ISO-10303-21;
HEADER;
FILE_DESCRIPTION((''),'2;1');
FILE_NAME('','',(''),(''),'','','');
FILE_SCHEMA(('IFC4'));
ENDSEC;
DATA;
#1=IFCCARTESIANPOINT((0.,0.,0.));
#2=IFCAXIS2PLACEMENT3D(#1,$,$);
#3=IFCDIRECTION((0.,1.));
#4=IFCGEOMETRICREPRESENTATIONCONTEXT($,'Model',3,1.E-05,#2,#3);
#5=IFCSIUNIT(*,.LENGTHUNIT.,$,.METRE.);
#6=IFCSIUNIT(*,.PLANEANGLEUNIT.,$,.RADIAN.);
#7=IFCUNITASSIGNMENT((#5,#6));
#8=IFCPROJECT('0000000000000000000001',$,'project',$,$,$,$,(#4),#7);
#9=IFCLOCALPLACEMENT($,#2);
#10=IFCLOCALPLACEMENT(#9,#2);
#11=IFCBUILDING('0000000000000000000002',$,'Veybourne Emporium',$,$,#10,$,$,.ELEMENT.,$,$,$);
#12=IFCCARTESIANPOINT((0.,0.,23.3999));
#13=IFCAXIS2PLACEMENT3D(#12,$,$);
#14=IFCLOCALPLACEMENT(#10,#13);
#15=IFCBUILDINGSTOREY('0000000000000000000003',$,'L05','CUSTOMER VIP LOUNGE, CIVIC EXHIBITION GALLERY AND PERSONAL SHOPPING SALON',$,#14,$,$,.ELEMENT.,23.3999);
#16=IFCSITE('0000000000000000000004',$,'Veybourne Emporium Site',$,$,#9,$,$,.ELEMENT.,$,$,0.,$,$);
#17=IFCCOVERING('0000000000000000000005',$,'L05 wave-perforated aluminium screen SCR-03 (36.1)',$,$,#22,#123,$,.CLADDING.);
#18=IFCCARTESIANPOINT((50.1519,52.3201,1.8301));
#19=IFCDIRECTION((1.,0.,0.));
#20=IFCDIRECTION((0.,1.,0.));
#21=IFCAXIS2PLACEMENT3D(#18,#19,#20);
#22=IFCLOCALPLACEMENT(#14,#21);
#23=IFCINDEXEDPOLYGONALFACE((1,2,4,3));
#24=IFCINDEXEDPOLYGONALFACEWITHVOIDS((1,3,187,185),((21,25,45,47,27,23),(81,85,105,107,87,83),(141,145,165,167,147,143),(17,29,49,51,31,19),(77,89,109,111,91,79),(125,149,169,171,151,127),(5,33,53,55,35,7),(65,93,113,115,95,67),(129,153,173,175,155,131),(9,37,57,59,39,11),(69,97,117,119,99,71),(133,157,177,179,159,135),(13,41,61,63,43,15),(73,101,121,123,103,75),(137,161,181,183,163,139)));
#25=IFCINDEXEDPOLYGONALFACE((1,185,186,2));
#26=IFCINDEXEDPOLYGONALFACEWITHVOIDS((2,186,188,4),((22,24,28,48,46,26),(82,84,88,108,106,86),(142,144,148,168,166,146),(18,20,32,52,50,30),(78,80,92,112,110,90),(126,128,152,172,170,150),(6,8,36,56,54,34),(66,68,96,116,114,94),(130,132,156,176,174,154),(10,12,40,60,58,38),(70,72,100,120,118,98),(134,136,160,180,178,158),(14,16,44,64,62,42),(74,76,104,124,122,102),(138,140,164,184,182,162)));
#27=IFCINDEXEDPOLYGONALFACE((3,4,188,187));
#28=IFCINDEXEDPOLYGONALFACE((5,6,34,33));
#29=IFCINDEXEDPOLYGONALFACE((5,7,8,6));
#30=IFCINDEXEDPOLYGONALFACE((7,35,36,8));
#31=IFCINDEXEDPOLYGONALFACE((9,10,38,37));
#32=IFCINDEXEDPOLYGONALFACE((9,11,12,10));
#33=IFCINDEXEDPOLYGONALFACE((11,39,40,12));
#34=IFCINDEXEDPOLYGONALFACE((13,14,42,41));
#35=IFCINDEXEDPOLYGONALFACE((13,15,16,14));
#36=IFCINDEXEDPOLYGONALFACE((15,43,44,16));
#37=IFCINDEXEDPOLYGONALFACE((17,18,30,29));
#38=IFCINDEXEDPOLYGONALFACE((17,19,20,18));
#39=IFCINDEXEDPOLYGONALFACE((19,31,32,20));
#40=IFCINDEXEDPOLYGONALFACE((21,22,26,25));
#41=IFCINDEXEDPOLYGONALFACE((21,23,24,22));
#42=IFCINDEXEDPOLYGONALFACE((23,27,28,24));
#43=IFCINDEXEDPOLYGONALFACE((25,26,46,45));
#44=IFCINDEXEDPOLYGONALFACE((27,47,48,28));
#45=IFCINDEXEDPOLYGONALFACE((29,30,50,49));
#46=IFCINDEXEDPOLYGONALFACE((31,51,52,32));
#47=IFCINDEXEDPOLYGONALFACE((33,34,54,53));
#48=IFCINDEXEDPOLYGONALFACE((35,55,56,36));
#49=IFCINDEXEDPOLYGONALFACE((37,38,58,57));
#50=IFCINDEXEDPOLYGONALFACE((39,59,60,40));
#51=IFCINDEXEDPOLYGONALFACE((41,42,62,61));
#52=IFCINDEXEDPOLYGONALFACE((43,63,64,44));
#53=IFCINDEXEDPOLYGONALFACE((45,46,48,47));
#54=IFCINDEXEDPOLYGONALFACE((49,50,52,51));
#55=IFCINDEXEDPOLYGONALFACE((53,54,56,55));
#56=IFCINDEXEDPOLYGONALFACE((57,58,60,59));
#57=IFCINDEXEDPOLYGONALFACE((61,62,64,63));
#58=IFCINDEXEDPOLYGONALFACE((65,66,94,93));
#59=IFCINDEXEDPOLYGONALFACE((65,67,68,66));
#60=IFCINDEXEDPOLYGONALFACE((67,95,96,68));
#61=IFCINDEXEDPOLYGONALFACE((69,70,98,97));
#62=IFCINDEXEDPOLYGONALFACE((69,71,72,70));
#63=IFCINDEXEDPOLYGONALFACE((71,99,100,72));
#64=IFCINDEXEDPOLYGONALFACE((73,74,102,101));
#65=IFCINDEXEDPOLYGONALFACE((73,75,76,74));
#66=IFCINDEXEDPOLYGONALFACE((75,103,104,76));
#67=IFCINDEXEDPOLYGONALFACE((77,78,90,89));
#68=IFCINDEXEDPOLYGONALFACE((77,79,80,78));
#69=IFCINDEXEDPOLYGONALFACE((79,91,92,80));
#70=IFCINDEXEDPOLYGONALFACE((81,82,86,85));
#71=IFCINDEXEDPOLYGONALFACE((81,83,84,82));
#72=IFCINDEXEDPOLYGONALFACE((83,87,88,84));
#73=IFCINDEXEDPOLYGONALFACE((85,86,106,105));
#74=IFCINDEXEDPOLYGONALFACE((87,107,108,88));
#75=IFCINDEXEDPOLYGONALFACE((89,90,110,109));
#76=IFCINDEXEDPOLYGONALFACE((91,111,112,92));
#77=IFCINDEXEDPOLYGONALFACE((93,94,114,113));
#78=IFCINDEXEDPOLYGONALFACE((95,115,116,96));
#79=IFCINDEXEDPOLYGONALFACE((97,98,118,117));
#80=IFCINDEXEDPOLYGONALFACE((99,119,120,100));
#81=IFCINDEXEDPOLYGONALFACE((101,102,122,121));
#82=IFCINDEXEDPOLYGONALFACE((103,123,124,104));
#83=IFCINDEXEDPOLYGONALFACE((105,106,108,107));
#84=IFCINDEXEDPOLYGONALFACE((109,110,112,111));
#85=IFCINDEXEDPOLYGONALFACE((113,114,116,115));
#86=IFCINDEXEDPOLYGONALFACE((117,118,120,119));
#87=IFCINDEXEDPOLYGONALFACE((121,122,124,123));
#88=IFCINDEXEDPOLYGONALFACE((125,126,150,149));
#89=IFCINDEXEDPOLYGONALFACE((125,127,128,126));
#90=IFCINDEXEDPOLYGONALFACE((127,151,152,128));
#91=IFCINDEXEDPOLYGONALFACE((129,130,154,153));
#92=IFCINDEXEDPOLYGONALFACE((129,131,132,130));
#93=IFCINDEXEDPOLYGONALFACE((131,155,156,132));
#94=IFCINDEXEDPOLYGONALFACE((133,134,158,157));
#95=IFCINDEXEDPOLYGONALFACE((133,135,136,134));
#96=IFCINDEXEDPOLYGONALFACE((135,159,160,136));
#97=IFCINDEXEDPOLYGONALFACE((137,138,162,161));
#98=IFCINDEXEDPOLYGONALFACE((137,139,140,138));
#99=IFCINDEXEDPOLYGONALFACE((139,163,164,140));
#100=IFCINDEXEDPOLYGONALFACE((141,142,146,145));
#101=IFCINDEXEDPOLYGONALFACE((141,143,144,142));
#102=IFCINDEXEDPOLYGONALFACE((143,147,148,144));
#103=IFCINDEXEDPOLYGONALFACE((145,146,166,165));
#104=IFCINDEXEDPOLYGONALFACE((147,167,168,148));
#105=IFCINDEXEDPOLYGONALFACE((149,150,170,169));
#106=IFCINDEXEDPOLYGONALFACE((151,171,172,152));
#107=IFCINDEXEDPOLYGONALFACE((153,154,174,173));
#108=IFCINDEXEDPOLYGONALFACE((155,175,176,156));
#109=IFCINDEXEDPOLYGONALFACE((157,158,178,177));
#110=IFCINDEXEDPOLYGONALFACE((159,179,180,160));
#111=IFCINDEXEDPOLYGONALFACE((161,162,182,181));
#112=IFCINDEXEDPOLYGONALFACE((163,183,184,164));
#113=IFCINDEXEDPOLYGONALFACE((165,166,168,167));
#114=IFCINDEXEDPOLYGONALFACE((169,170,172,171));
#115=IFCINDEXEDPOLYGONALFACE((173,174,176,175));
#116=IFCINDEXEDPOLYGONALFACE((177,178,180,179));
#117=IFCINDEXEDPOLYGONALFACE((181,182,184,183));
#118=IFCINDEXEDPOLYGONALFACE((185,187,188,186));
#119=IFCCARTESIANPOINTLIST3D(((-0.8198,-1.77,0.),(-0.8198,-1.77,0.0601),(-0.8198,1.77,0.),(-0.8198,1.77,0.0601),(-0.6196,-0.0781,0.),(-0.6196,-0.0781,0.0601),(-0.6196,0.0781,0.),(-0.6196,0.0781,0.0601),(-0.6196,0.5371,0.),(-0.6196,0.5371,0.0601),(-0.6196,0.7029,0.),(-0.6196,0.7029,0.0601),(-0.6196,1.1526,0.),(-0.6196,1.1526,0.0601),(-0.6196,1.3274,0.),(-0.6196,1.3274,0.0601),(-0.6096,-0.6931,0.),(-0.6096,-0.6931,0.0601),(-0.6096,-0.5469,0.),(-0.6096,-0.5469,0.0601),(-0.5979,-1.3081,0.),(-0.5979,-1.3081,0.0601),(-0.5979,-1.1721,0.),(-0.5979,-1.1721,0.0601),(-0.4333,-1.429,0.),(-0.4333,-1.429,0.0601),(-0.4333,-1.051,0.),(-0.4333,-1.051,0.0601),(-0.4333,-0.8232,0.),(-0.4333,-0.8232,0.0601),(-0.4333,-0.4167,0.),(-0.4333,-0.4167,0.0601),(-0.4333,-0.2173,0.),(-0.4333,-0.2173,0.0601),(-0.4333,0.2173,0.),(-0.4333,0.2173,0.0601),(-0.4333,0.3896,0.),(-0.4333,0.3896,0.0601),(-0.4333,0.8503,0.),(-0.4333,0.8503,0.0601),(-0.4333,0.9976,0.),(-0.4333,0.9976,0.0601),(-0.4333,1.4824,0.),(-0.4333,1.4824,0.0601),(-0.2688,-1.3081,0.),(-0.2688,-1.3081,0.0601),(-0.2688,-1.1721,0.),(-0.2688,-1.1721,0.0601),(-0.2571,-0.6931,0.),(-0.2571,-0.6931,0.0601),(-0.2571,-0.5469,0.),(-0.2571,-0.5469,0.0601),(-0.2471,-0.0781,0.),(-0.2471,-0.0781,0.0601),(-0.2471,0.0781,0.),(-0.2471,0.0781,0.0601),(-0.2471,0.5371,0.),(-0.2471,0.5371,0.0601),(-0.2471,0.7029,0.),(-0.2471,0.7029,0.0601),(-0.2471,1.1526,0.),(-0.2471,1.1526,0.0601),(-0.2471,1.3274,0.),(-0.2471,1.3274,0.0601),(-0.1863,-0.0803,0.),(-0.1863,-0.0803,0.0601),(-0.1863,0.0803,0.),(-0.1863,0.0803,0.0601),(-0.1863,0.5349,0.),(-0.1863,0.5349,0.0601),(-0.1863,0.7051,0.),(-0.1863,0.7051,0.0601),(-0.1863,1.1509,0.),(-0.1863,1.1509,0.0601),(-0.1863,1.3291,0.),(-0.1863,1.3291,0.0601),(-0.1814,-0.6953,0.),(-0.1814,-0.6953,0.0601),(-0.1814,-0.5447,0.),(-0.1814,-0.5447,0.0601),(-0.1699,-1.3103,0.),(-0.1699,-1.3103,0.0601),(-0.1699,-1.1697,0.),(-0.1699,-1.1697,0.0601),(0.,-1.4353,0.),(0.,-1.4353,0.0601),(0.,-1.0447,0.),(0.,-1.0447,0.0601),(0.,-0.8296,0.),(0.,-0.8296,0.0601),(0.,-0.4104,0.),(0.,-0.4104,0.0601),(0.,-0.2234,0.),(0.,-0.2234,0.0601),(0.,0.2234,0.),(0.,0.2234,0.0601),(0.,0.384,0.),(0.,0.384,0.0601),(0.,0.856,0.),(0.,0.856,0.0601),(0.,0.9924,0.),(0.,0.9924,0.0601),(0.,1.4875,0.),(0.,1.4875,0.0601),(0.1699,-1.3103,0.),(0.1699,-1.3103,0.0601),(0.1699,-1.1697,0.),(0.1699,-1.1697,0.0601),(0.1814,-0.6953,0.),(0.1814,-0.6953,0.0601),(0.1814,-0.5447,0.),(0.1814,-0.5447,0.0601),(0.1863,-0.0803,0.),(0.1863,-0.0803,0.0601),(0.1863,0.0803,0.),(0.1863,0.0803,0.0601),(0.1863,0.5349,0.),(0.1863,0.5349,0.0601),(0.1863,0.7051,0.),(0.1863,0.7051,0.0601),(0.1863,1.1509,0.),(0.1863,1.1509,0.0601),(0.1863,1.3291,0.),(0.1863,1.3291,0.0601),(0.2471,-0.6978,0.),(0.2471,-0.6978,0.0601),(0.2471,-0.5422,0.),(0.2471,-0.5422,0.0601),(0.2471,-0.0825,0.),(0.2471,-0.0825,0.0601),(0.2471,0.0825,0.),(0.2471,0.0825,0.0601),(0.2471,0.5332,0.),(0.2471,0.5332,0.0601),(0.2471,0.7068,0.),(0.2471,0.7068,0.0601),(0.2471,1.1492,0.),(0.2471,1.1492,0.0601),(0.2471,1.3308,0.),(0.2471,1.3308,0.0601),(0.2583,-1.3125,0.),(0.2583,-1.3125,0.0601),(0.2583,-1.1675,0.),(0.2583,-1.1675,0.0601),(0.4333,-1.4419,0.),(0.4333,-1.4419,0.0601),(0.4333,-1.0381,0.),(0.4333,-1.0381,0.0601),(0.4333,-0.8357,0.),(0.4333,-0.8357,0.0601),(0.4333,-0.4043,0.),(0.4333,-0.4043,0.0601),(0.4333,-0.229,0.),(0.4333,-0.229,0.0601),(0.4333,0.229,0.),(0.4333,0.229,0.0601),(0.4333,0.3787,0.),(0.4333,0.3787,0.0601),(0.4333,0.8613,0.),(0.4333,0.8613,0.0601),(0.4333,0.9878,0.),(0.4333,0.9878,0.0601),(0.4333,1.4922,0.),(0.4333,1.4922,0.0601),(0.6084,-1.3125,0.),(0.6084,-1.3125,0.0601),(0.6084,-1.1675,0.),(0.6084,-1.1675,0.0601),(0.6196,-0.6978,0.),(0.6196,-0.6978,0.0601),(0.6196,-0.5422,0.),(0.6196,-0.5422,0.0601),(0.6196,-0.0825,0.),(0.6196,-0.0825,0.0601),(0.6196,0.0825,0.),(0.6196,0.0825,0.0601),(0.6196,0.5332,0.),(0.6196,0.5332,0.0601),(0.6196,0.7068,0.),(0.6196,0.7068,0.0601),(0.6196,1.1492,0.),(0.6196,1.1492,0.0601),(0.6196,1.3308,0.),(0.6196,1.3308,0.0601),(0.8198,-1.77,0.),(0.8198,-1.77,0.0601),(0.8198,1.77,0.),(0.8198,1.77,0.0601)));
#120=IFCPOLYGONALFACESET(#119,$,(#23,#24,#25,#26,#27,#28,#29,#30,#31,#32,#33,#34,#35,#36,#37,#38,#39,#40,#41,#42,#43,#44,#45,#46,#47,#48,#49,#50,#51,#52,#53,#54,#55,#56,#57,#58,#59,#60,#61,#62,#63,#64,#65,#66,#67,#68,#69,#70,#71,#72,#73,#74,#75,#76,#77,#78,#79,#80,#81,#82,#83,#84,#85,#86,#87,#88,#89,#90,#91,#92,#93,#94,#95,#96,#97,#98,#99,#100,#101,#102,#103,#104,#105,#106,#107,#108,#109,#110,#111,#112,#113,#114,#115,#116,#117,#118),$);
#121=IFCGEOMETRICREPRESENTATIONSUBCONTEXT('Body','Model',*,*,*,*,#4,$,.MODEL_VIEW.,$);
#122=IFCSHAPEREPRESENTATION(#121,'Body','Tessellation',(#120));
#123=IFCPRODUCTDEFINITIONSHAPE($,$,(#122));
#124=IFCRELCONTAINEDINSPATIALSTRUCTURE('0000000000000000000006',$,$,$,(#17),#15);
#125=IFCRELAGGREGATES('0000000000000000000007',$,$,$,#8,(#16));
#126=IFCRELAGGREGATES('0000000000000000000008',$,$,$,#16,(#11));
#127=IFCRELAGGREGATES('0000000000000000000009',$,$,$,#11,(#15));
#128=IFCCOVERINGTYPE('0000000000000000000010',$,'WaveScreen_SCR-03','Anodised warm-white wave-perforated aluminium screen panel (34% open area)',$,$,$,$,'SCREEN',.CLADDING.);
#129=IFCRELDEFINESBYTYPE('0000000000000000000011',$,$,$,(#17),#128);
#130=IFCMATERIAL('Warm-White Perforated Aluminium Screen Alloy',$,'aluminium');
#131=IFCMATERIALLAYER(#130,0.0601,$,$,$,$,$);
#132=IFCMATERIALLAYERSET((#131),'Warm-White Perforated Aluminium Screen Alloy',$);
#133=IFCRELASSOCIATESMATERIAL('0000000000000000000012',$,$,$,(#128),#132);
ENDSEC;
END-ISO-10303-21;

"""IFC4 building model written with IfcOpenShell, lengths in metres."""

from ifc_helpers import new_model, si_unit, direction, frame, origin, place, context, subcontext, project, spatial, polyline, outline, extrude, material, layer, layer_set, type_object, element, save


model = new_model("IFC4")

# Units and contexts
model_context = context("Model", 3, precision=1e-05, world=origin(), true_north=direction((0.0, 1.0)))
body_context = subcontext(model_context, "Body", "Model", "MODEL_VIEW")
ifc_project = project(units=[si_unit("LENGTHUNIT", "METRE"), si_unit("PLANEANGLEUNIT", "RADIAN")], contexts=[model_context])

# Site, building, storey
site_placement = place(None, origin())
site = spatial("IfcSite", under=ifc_project, at=site_placement, Name="Veybourne Emporium Site", CompositionType="ELEMENT", RefElevation=0.0)
building_placement = place(site_placement, origin())
building = spatial("IfcBuilding", under=site, at=building_placement, Name="Veybourne Emporium", CompositionType="ELEMENT")
storey_placement = place(building_placement, frame((0.0, 0.0, 23.3999)))
storey = spatial("IfcBuildingStorey", under=building, at=storey_placement, Name="L05", Description="CUSTOMER VIP LOUNGE, CIVIC EXHIBITION GALLERY AND PERSONAL SHOPPING SALON", CompositionType="ELEMENT", Elevation=23.3999)

# Covering
ifc_material_1 = material(Name="Warm-White Perforated Aluminium Screen Alloy", Category="aluminium")
ifc_layer_1 = layer(ifc_material_1, 0.0601)
ifc_layer_set_1 = layer_set([ifc_layer_1], Name="Warm-White Perforated Aluminium Screen Alloy")
covering_type_1 = type_object("IfcCoveringType", Name="WaveScreen_SCR-03", Description="Anodised warm-white wave-perforated aluminium screen panel (34% open area)", ElementType="SCREEN", PredefinedType="CLADDING", material=ifc_layer_set_1)
covering_1_placement = place(storey_placement, frame((50.1519, 52.3201, 1.8301), z_axis=(1.0, 0.0, 0.0), x_axis=(0.0, 1.0, 0.0)))
element("IfcCovering", 1, at=covering_1_placement, inside=storey, type_object=covering_type_1, Name="L05 wave-perforated aluminium screen SCR-03 (36.1)", PredefinedType="CLADDING", context=body_context, shape_type="SweptSolid", body=[
    extrude(outline(polyline([(-0.8198, -1.77), (0.8198, -1.77), (0.8198, 1.77), (-0.8198, 1.77), (-0.8198, -1.77)]), holes=[polyline([(-0.4333, -1.051), (-0.2688, -1.1721), (-0.2688, -1.3081), (-0.4333, -1.429), (-0.5979, -1.3081), (-0.5979, -1.1721), (-0.4333, -1.051)]), polyline([(-0.4333, -0.4167), (-0.2571, -0.5469), (-0.2571, -0.6931), (-0.4333, -0.8232), (-0.6096, -0.6931), (-0.6096, -0.5469), (-0.4333, -0.4167)]), polyline([(-0.4333, 0.2173), (-0.2471, 0.0781), (-0.2471, -0.0781), (-0.4333, -0.2173), (-0.6196, -0.0781), (-0.6196, 0.0781), (-0.4333, 0.2173)]), polyline([(-0.4333, 0.8503), (-0.2471, 0.7029), (-0.2471, 0.5371), (-0.4333, 0.3896), (-0.6196, 0.5371), (-0.6196, 0.7029), (-0.4333, 0.8503)]), polyline([(-0.4333, 1.4824), (-0.2471, 1.3274), (-0.2471, 1.1526), (-0.4333, 0.9976), (-0.6196, 1.1526), (-0.6196, 1.3274), (-0.4333, 1.4824)]), polyline([(0.0, -1.0447), (0.1699, -1.1697), (0.1699, -1.3103), (0.0, -1.4353), (-0.1699, -1.3103), (-0.1699, -1.1697), (0.0, -1.0447)]), polyline([(0.0, -0.4104), (0.1814, -0.5447), (0.1814, -0.6953), (0.0, -0.8296), (-0.1814, -0.6953), (-0.1814, -0.5447), (0.0, -0.4104)]), polyline([(0.0, 0.2234), (0.1863, 0.0803), (0.1863, -0.0803), (0.0, -0.2234), (-0.1863, -0.0803), (-0.1863, 0.0803), (0.0, 0.2234)]), polyline([(0.0, 0.856), (0.1863, 0.7051), (0.1863, 0.5349), (0.0, 0.384), (-0.1863, 0.5349), (-0.1863, 0.7051), (0.0, 0.856)]), polyline([(0.0, 1.4875), (0.1863, 1.3291), (0.1863, 1.1509), (0.0, 0.9924), (-0.1863, 1.1509), (-0.1863, 1.3291), (0.0, 1.4875)]), polyline([(0.4333, -1.0381), (0.6084, -1.1675), (0.6084, -1.3125), (0.4333, -1.4419), (0.2583, -1.3125), (0.2583, -1.1675), (0.4333, -1.0381)]), polyline([(0.4333, -0.4043), (0.6196, -0.5422), (0.6196, -0.6978), (0.4333, -0.8357), (0.2471, -0.6978), (0.2471, -0.5422), (0.4333, -0.4043)]), polyline([(0.4333, 0.229), (0.6196, 0.0825), (0.6196, -0.0825), (0.4333, -0.229), (0.2471, -0.0825), (0.2471, 0.0825), (0.4333, 0.229)]), polyline([(0.4333, 0.8613), (0.6196, 0.7068), (0.6196, 0.5332), (0.4333, 0.3787), (0.2471, 0.5332), (0.2471, 0.7068), (0.4333, 0.8613)]), polyline([(0.4333, 1.4922), (0.6196, 1.3308), (0.6196, 1.1492), (0.4333, 0.9878), (0.2471, 1.1492), (0.2471, 1.3308), (0.4333, 1.4922)])]), origin(), (0.0, 0.0, 1.0), 0.0601),
])

save(model, "model.ifc")
